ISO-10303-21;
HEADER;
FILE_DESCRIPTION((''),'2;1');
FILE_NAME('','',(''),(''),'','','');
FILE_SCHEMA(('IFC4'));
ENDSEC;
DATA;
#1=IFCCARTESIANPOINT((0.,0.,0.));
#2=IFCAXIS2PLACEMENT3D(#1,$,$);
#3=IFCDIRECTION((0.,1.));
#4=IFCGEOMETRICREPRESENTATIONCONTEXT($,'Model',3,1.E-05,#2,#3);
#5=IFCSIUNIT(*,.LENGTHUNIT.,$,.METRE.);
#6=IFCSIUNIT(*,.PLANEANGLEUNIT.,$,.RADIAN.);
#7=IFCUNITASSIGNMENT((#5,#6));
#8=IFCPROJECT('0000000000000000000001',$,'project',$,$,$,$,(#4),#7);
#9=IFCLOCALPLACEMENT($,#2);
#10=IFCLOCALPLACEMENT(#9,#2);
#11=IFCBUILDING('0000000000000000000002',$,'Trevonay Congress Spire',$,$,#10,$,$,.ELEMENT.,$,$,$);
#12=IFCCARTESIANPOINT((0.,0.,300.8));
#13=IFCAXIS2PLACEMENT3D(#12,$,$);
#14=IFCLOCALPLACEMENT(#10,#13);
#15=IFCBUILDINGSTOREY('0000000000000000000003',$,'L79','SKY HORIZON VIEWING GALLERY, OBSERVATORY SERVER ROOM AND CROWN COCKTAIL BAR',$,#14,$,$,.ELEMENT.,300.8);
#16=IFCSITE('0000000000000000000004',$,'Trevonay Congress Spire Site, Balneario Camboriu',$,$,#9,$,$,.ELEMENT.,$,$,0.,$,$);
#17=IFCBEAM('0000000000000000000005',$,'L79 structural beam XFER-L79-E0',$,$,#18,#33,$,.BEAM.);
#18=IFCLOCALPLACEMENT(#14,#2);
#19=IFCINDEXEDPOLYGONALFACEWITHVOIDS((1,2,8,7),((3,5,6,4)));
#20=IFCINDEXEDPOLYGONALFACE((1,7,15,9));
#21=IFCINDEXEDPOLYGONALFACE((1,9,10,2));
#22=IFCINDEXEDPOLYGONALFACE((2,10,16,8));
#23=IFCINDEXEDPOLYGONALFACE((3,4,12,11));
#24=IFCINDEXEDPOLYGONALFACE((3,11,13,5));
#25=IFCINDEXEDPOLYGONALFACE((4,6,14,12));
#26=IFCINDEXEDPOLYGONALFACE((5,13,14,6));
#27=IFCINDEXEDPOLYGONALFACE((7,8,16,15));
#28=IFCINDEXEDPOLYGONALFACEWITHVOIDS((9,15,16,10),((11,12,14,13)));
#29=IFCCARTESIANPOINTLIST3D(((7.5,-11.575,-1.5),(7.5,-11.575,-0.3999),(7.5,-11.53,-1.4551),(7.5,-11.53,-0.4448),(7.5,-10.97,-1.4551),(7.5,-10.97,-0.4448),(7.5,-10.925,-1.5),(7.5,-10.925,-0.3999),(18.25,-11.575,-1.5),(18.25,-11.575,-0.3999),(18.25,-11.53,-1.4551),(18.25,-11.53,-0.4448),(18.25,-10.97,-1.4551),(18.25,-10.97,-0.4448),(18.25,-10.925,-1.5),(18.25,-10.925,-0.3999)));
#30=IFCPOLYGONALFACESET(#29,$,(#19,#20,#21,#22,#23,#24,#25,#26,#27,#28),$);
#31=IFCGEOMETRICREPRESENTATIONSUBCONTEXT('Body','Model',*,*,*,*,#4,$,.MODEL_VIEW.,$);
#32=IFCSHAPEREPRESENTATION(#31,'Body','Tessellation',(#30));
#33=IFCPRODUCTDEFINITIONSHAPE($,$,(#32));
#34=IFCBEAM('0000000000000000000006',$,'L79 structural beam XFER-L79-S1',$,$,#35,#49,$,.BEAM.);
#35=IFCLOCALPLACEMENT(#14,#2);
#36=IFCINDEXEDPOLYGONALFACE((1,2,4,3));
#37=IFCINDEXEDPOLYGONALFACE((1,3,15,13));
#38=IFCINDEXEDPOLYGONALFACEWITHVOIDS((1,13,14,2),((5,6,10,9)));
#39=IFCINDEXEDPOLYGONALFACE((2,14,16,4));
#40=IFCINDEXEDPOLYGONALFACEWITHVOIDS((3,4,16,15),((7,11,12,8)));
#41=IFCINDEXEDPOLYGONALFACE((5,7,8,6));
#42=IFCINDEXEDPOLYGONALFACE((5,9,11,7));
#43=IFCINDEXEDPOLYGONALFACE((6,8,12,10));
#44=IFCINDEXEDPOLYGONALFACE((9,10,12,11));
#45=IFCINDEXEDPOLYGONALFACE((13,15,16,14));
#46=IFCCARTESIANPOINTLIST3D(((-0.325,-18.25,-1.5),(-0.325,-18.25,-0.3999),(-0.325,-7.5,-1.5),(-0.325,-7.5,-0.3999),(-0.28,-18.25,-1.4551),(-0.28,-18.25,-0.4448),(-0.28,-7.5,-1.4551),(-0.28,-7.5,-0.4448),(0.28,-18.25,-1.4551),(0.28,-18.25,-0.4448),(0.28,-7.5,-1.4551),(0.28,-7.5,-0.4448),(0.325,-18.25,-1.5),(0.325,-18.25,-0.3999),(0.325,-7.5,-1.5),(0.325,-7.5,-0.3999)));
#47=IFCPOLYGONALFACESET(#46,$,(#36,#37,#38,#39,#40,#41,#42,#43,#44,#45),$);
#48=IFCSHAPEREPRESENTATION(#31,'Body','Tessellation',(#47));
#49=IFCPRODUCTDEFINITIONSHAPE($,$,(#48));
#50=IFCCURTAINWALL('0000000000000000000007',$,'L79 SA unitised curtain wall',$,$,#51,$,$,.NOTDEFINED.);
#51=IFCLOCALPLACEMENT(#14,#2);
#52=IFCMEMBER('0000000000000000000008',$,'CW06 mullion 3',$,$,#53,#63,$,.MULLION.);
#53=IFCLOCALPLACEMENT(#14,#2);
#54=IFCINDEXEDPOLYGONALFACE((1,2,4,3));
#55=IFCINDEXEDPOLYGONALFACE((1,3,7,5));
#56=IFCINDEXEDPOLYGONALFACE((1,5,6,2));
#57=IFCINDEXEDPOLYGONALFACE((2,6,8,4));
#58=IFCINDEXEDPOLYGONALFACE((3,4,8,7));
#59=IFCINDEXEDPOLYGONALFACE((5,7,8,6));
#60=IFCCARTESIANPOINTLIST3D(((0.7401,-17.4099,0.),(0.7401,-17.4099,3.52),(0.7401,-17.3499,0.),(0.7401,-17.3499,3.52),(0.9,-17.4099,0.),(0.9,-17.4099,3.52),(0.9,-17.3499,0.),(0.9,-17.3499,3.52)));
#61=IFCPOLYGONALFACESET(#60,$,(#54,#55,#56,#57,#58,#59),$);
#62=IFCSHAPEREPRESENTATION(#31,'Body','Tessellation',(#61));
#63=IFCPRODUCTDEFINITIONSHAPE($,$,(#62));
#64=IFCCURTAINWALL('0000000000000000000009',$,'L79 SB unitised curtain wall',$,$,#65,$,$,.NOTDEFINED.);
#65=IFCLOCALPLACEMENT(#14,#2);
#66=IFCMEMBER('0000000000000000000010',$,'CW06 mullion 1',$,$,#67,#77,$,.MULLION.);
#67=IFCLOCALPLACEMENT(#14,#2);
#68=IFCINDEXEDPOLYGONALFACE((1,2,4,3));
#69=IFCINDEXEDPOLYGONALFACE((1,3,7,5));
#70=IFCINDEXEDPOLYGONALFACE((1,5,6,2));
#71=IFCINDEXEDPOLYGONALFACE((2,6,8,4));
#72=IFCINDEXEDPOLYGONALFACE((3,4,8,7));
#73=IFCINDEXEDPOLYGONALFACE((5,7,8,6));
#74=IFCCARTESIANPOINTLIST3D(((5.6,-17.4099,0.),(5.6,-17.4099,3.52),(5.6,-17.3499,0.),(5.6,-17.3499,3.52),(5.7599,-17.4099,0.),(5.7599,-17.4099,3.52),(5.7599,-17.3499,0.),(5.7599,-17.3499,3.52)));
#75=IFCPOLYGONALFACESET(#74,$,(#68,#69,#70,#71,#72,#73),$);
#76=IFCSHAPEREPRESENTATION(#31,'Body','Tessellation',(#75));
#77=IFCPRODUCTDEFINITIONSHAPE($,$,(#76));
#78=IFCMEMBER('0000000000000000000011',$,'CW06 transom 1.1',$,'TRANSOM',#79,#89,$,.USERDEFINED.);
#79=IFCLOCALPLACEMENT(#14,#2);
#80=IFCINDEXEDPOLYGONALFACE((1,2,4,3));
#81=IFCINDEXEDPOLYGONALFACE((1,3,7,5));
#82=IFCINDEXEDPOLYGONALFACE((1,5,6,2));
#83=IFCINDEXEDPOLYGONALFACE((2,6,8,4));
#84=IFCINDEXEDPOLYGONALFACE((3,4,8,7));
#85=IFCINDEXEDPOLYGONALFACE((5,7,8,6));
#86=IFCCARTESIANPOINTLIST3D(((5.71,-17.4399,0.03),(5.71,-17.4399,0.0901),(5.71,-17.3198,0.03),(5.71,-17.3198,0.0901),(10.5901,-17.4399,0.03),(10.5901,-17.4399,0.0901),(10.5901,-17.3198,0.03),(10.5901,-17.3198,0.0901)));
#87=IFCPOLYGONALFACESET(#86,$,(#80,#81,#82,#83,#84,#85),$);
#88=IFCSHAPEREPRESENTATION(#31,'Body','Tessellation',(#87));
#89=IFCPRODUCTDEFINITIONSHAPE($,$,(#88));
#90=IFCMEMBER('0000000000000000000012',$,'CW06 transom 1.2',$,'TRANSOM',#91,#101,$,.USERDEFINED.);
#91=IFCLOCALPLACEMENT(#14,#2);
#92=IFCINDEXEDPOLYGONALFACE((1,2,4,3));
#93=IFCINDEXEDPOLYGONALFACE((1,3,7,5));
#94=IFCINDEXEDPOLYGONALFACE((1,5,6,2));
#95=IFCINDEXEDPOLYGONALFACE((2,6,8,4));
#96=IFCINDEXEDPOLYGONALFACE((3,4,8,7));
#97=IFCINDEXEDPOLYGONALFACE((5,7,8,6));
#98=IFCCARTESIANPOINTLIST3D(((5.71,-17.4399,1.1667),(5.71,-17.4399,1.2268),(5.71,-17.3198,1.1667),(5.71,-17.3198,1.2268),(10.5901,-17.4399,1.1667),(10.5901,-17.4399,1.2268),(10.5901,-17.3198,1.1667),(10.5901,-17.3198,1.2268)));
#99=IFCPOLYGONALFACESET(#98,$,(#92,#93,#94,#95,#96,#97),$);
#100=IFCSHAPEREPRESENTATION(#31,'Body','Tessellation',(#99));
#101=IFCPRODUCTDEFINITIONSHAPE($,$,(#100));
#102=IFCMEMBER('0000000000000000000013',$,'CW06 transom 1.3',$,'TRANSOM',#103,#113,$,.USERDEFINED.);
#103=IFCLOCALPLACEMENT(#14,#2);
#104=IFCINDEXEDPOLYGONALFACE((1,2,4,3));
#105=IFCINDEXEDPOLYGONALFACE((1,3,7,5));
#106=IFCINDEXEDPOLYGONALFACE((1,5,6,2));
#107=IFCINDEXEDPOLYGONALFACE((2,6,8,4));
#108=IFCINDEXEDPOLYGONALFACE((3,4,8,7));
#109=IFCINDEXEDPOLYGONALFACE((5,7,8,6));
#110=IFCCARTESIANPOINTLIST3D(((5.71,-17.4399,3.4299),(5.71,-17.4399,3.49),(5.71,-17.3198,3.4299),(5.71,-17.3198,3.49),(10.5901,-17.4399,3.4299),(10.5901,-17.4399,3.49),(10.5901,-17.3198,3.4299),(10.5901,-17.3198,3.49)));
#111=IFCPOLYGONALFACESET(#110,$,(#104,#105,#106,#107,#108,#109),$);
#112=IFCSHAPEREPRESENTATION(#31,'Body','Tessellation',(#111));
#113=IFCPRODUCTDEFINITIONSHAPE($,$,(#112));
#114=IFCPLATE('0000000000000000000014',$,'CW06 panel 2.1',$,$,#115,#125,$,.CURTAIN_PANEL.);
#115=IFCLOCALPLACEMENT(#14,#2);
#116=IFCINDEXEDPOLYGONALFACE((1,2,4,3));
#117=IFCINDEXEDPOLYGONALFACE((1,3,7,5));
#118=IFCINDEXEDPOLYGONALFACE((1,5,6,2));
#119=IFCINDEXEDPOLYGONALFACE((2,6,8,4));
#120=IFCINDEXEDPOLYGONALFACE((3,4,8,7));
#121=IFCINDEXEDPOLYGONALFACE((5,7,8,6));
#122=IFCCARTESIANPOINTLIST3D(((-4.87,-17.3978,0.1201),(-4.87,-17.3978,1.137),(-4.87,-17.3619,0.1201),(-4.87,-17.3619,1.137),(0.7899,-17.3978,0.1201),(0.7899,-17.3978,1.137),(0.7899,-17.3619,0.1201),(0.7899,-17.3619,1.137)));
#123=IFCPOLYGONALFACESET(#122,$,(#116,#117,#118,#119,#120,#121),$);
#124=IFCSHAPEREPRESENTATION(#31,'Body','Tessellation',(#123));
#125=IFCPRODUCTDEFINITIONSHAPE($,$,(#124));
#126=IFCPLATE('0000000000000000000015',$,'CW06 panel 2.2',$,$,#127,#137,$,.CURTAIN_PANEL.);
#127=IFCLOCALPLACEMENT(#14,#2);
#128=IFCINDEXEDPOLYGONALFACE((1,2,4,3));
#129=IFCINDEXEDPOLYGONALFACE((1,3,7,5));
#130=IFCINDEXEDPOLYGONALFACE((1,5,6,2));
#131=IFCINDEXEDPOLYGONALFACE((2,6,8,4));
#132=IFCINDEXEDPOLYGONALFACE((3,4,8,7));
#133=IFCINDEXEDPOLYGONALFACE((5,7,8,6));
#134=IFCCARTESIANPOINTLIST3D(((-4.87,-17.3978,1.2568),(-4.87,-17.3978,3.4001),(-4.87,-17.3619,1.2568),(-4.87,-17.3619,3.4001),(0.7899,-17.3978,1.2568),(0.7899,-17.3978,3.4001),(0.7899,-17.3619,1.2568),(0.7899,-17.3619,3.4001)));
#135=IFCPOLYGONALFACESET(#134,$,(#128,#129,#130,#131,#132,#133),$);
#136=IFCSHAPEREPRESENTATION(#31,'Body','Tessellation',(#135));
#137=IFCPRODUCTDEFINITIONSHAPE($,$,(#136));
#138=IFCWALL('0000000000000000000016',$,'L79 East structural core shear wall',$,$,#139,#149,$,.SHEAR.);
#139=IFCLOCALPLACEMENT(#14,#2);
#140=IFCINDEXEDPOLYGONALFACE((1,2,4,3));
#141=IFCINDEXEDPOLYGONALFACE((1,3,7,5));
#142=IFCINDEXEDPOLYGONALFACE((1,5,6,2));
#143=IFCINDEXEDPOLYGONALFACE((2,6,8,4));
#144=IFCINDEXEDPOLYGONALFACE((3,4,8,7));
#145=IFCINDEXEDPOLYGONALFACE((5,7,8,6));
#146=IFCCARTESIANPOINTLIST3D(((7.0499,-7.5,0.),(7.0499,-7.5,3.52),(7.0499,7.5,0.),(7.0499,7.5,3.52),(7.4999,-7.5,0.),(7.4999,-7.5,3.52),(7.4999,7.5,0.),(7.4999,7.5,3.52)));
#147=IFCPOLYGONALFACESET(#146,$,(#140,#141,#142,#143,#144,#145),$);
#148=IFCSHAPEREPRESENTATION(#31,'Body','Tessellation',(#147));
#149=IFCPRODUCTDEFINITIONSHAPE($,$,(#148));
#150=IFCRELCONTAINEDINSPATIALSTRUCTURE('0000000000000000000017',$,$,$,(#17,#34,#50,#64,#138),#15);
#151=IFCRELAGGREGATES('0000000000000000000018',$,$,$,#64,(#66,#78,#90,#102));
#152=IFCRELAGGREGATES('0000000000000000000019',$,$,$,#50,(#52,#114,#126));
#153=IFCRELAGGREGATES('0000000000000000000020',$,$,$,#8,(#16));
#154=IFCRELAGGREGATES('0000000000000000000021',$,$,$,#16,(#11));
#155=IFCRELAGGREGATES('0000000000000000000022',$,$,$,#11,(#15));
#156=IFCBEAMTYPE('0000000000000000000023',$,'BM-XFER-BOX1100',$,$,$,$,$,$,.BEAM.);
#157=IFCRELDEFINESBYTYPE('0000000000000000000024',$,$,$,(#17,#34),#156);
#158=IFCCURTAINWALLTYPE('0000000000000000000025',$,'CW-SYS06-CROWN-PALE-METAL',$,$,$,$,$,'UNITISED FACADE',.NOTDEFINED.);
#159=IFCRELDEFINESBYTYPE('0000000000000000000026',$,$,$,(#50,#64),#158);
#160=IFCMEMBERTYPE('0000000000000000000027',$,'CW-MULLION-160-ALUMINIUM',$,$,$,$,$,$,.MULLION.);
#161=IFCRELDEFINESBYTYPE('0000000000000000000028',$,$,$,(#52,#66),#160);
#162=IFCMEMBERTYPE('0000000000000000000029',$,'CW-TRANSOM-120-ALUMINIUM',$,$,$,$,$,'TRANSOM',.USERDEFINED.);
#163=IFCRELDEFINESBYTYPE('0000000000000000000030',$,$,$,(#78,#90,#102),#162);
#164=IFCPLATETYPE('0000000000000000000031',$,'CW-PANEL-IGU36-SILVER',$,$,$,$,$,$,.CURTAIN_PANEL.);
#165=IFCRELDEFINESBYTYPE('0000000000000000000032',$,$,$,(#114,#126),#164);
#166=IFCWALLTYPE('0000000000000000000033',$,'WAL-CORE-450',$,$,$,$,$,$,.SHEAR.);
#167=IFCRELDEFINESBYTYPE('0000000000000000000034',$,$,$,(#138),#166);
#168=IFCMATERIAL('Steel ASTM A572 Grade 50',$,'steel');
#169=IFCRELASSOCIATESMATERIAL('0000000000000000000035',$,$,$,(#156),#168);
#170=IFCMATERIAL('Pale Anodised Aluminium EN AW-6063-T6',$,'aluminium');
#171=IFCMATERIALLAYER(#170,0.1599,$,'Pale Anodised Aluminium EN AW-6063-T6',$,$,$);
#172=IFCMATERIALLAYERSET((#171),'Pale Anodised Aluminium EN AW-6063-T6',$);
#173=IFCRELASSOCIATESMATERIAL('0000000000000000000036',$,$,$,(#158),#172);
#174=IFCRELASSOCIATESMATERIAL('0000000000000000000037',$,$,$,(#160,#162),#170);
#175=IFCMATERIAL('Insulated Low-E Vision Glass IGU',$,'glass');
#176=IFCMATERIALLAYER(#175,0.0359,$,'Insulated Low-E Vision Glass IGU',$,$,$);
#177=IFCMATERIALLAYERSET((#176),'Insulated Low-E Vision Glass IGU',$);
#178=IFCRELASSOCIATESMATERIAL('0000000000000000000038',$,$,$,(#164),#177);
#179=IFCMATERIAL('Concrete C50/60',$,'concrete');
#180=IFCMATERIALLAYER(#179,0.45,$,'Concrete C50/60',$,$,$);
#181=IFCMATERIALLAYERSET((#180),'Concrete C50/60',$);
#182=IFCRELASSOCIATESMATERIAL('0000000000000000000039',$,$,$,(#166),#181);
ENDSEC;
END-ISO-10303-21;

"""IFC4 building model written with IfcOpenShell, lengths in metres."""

from ifc_helpers import new_model, si_unit, direction, frame, frame_2d, origin, origin_2d, place, context, subcontext, project, spatial, rectangle, hollow_rectangle, extrude, material, layer, layer_set, material_profile, profile_set, type_object, element, aggregate, save


model = new_model("IFC4")

# Units and contexts
model_context = context("Model", 3, precision=1e-05, world=origin(), true_north=direction((0.0, 1.0)))
body_context = subcontext(model_context, "Body", "Model", "MODEL_VIEW")
ifc_project = project(units=[si_unit("LENGTHUNIT", "METRE"), si_unit("PLANEANGLEUNIT", "RADIAN")], contexts=[model_context])

# Site, building, storey
site_placement = place(None, origin())
site = spatial("IfcSite", under=ifc_project, at=site_placement, Name="Trevonay Congress Spire Site, Balneario Camboriu", CompositionType="ELEMENT", RefElevation=0.0)
building_placement = place(site_placement, origin())
building = spatial("IfcBuilding", under=site, at=building_placement, Name="Trevonay Congress Spire", CompositionType="ELEMENT")
storey_placement = place(building_placement, frame((0.0, 0.0, 300.8)))
storey = spatial("IfcBuildingStorey", under=building, at=storey_placement, Name="L79", Description="SKY HORIZON VIEWING GALLERY, OBSERVATORY SERVER ROOM AND CROWN COCKTAIL BAR", CompositionType="ELEMENT", Elevation=300.8)

# Shared definitions
ifc_material_1 = material(Name="Steel ASTM A572 Grade 50", Category="steel")

# Beams
ifc_material_profile_1 = material_profile(ifc_material_1, hollow_rectangle(XDim=0.6499, YDim=1.1001, WallThickness=0.0449, at=origin_2d()), Name="BOX 1100x650x45")
ifc_profile_set_1 = profile_set([ifc_material_profile_1], Name="Steel ASTM A572 Grade 50")
beam_type_1 = type_object("IfcBeamType", Name="BM-XFER-BOX1100", PredefinedType="BEAM", material=ifc_profile_set_1)
for number, where, z_axis, x_axis, name in (
    (1, (7.5, -11.25, -0.95), (1.0, 0.0, 0.0), (0.0, 1.0, 0.0), "L79 structural beam XFER-L79-E0"),
    (2, (0.0, -7.5, -0.95), (0.0, -1.0, 0.0), (1.0, 0.0, 0.0), "L79 structural beam XFER-L79-S1"),
):
    element("IfcBeam", number, at=place(storey_placement, frame(where, z_axis=z_axis, x_axis=x_axis)), inside=storey, type_object=beam_type_1, Name=name, PredefinedType="BEAM", context=body_context, shape_type="SweptSolid", body=[
        extrude(hollow_rectangle(XDim=0.6499, YDim=1.1001, WallThickness=0.0449, at=origin_2d()), origin(), (0.0, 0.0, 1.0), 10.75),
    ])

# Curtain wall, member
ifc_material_2 = material(Name="Pale Anodised Aluminium EN AW-6063-T6", Category="aluminium")
ifc_layer_1 = layer(ifc_material_2, 0.1599, Name="Pale Anodised Aluminium EN AW-6063-T6")
ifc_layer_set_1 = layer_set([ifc_layer_1], Name="Pale Anodised Aluminium EN AW-6063-T6")
curtain_wall_type = type_object("IfcCurtainWallType", Name="CW-SYS06-CROWN-PALE-METAL", ElementType="UNITISED FACADE", PredefinedType="NOTDEFINED", material=ifc_layer_set_1)
curtain_wall_1_placement = place(storey_placement, origin())
curtain_wall_1 = element("IfcCurtainWall", 3, at=curtain_wall_1_placement, inside=storey, type_object=curtain_wall_type, Name="L79 SA unitised curtain wall", PredefinedType="NOTDEFINED")
ifc_material_profile_2 = material_profile(ifc_material_2, rectangle(XDim=0.0601, YDim=0.1599, at=origin_2d()), Name="CW-MULLION-160-ALUMINIUM")
ifc_profile_set_2 = profile_set([ifc_material_profile_2], Name="Pale Anodised Aluminium EN AW-6063-T6")
member_type_1 = type_object("IfcMemberType", Name="CW-MULLION-160-ALUMINIUM", PredefinedType="MULLION", material=ifc_profile_set_2)
member_1_placement = place(storey_placement, frame((0.8201, -17.3799, 0.0), z_axis=(0.0, 0.0, 1.0), x_axis=(0.0, 1.0, 0.0)))
member_1 = element("IfcMember", 4, at=member_1_placement, type_object=member_type_1, Name="CW06 mullion 3", PredefinedType="MULLION", context=body_context, shape_type="SweptSolid", body=[
    extrude(rectangle(XDim=0.0601, YDim=0.1599, at=origin_2d()), origin(), (0.0, 0.0, 1.0), 3.52),
])

# Curtain wall, members
curtain_wall_2_placement = place(storey_placement, origin())
curtain_wall_2 = element("IfcCurtainWall", 5, at=curtain_wall_2_placement, inside=storey, type_object=curtain_wall_type, Name="L79 SB unitised curtain wall", PredefinedType="NOTDEFINED")
member_2_placement = place(storey_placement, frame((5.6799, -17.3799, 0.0), z_axis=(0.0, 0.0, 1.0), x_axis=(0.0, 1.0, 0.0)))
member_2 = element("IfcMember", 6, at=member_2_placement, type_object=member_type_1, Name="CW06 mullion 1", PredefinedType="MULLION", context=body_context, shape_type="SweptSolid", body=[
    extrude(rectangle(XDim=0.0601, YDim=0.1599, at=origin_2d()), origin(), (0.0, 0.0, 1.0), 3.52),
])
ifc_material_profile_3 = material_profile(ifc_material_2, rectangle(XDim=0.1201, YDim=0.0601, at=origin_2d()), Name="CW-TRANSOM-120-ALUMINIUM")
ifc_profile_set_3 = profile_set([ifc_material_profile_3], Name="Pale Anodised Aluminium EN AW-6063-T6")
member_type_2 = type_object("IfcMemberType", Name="CW-TRANSOM-120-ALUMINIUM", ElementType="TRANSOM", PredefinedType="USERDEFINED", material=ifc_profile_set_3)
member_3_placement = place(storey_placement, frame((5.71, -17.3799, 0.0601), z_axis=(1.0, 0.0, 0.0), x_axis=(0.0, 1.0, 0.0)))
member_3 = element("IfcMember", 7, at=member_3_placement, type_object=member_type_2, Name="CW06 transom 1.1", ObjectType="TRANSOM", PredefinedType="USERDEFINED", context=body_context, shape_type="SweptSolid", body=[
    extrude(rectangle(XDim=0.1201, YDim=0.0601, at=origin_2d()), origin(), (0.0, 0.0, 1.0), 4.8801),
])
member_4_placement = place(storey_placement, frame((5.71, -17.3799, 1.1968), z_axis=(1.0, 0.0, 0.0), x_axis=(0.0, 1.0, 0.0)))
member_4 = element("IfcMember", 8, at=member_4_placement, type_object=member_type_2, Name="CW06 transom 1.2", ObjectType="TRANSOM", PredefinedType="USERDEFINED", context=body_context, shape_type="SweptSolid", body=[
    extrude(rectangle(XDim=0.1201, YDim=0.0601, at=origin_2d()), origin(), (0.0, 0.0, 1.0), 4.8801),
])
member_5_placement = place(storey_placement, frame((5.71, -17.3799, 3.46), z_axis=(1.0, 0.0, 0.0), x_axis=(0.0, 1.0, 0.0)))
member_5 = element("IfcMember", 9, at=member_5_placement, type_object=member_type_2, Name="CW06 transom 1.3", ObjectType="TRANSOM", PredefinedType="USERDEFINED", context=body_context, shape_type="SweptSolid", body=[
    extrude(rectangle(XDim=0.1201, YDim=0.0601, at=origin_2d()), origin(), (0.0, 0.0, 1.0), 4.8801),
])
aggregate(curtain_wall_2, [member_2, member_3, member_4, member_5])

# Plates
ifc_material_3 = material(Name="Insulated Low-E Vision Glass IGU", Category="glass")
ifc_layer_2 = layer(ifc_material_3, 0.0359, Name="Insulated Low-E Vision Glass IGU")
ifc_layer_set_2 = layer_set([ifc_layer_2], Name="Insulated Low-E Vision Glass IGU")
plate_type = type_object("IfcPlateType", Name="CW-PANEL-IGU36-SILVER", PredefinedType="CURTAIN_PANEL", material=ifc_layer_set_2)
plate_1_placement = place(storey_placement, frame((-2.04, -17.3799, 0.1201), z_axis=(0.0, 0.0, 1.0), x_axis=(1.0, 0.0, 0.0)))
plate_1 = element("IfcPlate", 10, at=plate_1_placement, type_object=plate_type, Name="CW06 panel 2.1", PredefinedType="CURTAIN_PANEL", context=body_context, shape_type="SweptSolid", body=[
    extrude(rectangle(XDim=5.6599, YDim=0.0359, at=origin_2d()), origin(), (0.0, 0.0, 1.0), 1.0168),
])
plate_2_placement = place(storey_placement, frame((-2.04, -17.3799, 1.2568), z_axis=(0.0, 0.0, 1.0), x_axis=(1.0, 0.0, 0.0)))
plate_2 = element("IfcPlate", 11, at=plate_2_placement, type_object=plate_type, Name="CW06 panel 2.2", PredefinedType="CURTAIN_PANEL", context=body_context, shape_type="SweptSolid", body=[
    extrude(rectangle(XDim=5.6599, YDim=0.0359, at=origin_2d()), origin(), (0.0, 0.0, 1.0), 2.1433),
])
aggregate(curtain_wall_1, [member_1, plate_1, plate_2])

# Wall
ifc_material_4 = material(Name="Concrete C50/60", Category="concrete")
ifc_layer_3 = layer(ifc_material_4, 0.45, Name="Concrete C50/60")
ifc_layer_set_3 = layer_set([ifc_layer_3], Name="Concrete C50/60")
wall_type_1 = type_object("IfcWallType", Name="WAL-CORE-450", PredefinedType="SHEAR", material=ifc_layer_set_3)
wall_1_placement = place(storey_placement, frame((7.2749, -7.5, 0.0), z_axis=(0.0, 0.0, 1.0), x_axis=(0.0, 1.0, 0.0)))
element("IfcWall", 12, at=wall_1_placement, inside=storey, type_object=wall_type_1, Name="L79 East structural core shear wall", PredefinedType="SHEAR", context=body_context, shape_type="SweptSolid", body=[
    extrude(rectangle(XDim=15.0, YDim=0.45, at=frame_2d((7.5, 0.0))), origin(), (0.0, 0.0, 1.0), 3.52),
])

save(model, "model.ifc")
